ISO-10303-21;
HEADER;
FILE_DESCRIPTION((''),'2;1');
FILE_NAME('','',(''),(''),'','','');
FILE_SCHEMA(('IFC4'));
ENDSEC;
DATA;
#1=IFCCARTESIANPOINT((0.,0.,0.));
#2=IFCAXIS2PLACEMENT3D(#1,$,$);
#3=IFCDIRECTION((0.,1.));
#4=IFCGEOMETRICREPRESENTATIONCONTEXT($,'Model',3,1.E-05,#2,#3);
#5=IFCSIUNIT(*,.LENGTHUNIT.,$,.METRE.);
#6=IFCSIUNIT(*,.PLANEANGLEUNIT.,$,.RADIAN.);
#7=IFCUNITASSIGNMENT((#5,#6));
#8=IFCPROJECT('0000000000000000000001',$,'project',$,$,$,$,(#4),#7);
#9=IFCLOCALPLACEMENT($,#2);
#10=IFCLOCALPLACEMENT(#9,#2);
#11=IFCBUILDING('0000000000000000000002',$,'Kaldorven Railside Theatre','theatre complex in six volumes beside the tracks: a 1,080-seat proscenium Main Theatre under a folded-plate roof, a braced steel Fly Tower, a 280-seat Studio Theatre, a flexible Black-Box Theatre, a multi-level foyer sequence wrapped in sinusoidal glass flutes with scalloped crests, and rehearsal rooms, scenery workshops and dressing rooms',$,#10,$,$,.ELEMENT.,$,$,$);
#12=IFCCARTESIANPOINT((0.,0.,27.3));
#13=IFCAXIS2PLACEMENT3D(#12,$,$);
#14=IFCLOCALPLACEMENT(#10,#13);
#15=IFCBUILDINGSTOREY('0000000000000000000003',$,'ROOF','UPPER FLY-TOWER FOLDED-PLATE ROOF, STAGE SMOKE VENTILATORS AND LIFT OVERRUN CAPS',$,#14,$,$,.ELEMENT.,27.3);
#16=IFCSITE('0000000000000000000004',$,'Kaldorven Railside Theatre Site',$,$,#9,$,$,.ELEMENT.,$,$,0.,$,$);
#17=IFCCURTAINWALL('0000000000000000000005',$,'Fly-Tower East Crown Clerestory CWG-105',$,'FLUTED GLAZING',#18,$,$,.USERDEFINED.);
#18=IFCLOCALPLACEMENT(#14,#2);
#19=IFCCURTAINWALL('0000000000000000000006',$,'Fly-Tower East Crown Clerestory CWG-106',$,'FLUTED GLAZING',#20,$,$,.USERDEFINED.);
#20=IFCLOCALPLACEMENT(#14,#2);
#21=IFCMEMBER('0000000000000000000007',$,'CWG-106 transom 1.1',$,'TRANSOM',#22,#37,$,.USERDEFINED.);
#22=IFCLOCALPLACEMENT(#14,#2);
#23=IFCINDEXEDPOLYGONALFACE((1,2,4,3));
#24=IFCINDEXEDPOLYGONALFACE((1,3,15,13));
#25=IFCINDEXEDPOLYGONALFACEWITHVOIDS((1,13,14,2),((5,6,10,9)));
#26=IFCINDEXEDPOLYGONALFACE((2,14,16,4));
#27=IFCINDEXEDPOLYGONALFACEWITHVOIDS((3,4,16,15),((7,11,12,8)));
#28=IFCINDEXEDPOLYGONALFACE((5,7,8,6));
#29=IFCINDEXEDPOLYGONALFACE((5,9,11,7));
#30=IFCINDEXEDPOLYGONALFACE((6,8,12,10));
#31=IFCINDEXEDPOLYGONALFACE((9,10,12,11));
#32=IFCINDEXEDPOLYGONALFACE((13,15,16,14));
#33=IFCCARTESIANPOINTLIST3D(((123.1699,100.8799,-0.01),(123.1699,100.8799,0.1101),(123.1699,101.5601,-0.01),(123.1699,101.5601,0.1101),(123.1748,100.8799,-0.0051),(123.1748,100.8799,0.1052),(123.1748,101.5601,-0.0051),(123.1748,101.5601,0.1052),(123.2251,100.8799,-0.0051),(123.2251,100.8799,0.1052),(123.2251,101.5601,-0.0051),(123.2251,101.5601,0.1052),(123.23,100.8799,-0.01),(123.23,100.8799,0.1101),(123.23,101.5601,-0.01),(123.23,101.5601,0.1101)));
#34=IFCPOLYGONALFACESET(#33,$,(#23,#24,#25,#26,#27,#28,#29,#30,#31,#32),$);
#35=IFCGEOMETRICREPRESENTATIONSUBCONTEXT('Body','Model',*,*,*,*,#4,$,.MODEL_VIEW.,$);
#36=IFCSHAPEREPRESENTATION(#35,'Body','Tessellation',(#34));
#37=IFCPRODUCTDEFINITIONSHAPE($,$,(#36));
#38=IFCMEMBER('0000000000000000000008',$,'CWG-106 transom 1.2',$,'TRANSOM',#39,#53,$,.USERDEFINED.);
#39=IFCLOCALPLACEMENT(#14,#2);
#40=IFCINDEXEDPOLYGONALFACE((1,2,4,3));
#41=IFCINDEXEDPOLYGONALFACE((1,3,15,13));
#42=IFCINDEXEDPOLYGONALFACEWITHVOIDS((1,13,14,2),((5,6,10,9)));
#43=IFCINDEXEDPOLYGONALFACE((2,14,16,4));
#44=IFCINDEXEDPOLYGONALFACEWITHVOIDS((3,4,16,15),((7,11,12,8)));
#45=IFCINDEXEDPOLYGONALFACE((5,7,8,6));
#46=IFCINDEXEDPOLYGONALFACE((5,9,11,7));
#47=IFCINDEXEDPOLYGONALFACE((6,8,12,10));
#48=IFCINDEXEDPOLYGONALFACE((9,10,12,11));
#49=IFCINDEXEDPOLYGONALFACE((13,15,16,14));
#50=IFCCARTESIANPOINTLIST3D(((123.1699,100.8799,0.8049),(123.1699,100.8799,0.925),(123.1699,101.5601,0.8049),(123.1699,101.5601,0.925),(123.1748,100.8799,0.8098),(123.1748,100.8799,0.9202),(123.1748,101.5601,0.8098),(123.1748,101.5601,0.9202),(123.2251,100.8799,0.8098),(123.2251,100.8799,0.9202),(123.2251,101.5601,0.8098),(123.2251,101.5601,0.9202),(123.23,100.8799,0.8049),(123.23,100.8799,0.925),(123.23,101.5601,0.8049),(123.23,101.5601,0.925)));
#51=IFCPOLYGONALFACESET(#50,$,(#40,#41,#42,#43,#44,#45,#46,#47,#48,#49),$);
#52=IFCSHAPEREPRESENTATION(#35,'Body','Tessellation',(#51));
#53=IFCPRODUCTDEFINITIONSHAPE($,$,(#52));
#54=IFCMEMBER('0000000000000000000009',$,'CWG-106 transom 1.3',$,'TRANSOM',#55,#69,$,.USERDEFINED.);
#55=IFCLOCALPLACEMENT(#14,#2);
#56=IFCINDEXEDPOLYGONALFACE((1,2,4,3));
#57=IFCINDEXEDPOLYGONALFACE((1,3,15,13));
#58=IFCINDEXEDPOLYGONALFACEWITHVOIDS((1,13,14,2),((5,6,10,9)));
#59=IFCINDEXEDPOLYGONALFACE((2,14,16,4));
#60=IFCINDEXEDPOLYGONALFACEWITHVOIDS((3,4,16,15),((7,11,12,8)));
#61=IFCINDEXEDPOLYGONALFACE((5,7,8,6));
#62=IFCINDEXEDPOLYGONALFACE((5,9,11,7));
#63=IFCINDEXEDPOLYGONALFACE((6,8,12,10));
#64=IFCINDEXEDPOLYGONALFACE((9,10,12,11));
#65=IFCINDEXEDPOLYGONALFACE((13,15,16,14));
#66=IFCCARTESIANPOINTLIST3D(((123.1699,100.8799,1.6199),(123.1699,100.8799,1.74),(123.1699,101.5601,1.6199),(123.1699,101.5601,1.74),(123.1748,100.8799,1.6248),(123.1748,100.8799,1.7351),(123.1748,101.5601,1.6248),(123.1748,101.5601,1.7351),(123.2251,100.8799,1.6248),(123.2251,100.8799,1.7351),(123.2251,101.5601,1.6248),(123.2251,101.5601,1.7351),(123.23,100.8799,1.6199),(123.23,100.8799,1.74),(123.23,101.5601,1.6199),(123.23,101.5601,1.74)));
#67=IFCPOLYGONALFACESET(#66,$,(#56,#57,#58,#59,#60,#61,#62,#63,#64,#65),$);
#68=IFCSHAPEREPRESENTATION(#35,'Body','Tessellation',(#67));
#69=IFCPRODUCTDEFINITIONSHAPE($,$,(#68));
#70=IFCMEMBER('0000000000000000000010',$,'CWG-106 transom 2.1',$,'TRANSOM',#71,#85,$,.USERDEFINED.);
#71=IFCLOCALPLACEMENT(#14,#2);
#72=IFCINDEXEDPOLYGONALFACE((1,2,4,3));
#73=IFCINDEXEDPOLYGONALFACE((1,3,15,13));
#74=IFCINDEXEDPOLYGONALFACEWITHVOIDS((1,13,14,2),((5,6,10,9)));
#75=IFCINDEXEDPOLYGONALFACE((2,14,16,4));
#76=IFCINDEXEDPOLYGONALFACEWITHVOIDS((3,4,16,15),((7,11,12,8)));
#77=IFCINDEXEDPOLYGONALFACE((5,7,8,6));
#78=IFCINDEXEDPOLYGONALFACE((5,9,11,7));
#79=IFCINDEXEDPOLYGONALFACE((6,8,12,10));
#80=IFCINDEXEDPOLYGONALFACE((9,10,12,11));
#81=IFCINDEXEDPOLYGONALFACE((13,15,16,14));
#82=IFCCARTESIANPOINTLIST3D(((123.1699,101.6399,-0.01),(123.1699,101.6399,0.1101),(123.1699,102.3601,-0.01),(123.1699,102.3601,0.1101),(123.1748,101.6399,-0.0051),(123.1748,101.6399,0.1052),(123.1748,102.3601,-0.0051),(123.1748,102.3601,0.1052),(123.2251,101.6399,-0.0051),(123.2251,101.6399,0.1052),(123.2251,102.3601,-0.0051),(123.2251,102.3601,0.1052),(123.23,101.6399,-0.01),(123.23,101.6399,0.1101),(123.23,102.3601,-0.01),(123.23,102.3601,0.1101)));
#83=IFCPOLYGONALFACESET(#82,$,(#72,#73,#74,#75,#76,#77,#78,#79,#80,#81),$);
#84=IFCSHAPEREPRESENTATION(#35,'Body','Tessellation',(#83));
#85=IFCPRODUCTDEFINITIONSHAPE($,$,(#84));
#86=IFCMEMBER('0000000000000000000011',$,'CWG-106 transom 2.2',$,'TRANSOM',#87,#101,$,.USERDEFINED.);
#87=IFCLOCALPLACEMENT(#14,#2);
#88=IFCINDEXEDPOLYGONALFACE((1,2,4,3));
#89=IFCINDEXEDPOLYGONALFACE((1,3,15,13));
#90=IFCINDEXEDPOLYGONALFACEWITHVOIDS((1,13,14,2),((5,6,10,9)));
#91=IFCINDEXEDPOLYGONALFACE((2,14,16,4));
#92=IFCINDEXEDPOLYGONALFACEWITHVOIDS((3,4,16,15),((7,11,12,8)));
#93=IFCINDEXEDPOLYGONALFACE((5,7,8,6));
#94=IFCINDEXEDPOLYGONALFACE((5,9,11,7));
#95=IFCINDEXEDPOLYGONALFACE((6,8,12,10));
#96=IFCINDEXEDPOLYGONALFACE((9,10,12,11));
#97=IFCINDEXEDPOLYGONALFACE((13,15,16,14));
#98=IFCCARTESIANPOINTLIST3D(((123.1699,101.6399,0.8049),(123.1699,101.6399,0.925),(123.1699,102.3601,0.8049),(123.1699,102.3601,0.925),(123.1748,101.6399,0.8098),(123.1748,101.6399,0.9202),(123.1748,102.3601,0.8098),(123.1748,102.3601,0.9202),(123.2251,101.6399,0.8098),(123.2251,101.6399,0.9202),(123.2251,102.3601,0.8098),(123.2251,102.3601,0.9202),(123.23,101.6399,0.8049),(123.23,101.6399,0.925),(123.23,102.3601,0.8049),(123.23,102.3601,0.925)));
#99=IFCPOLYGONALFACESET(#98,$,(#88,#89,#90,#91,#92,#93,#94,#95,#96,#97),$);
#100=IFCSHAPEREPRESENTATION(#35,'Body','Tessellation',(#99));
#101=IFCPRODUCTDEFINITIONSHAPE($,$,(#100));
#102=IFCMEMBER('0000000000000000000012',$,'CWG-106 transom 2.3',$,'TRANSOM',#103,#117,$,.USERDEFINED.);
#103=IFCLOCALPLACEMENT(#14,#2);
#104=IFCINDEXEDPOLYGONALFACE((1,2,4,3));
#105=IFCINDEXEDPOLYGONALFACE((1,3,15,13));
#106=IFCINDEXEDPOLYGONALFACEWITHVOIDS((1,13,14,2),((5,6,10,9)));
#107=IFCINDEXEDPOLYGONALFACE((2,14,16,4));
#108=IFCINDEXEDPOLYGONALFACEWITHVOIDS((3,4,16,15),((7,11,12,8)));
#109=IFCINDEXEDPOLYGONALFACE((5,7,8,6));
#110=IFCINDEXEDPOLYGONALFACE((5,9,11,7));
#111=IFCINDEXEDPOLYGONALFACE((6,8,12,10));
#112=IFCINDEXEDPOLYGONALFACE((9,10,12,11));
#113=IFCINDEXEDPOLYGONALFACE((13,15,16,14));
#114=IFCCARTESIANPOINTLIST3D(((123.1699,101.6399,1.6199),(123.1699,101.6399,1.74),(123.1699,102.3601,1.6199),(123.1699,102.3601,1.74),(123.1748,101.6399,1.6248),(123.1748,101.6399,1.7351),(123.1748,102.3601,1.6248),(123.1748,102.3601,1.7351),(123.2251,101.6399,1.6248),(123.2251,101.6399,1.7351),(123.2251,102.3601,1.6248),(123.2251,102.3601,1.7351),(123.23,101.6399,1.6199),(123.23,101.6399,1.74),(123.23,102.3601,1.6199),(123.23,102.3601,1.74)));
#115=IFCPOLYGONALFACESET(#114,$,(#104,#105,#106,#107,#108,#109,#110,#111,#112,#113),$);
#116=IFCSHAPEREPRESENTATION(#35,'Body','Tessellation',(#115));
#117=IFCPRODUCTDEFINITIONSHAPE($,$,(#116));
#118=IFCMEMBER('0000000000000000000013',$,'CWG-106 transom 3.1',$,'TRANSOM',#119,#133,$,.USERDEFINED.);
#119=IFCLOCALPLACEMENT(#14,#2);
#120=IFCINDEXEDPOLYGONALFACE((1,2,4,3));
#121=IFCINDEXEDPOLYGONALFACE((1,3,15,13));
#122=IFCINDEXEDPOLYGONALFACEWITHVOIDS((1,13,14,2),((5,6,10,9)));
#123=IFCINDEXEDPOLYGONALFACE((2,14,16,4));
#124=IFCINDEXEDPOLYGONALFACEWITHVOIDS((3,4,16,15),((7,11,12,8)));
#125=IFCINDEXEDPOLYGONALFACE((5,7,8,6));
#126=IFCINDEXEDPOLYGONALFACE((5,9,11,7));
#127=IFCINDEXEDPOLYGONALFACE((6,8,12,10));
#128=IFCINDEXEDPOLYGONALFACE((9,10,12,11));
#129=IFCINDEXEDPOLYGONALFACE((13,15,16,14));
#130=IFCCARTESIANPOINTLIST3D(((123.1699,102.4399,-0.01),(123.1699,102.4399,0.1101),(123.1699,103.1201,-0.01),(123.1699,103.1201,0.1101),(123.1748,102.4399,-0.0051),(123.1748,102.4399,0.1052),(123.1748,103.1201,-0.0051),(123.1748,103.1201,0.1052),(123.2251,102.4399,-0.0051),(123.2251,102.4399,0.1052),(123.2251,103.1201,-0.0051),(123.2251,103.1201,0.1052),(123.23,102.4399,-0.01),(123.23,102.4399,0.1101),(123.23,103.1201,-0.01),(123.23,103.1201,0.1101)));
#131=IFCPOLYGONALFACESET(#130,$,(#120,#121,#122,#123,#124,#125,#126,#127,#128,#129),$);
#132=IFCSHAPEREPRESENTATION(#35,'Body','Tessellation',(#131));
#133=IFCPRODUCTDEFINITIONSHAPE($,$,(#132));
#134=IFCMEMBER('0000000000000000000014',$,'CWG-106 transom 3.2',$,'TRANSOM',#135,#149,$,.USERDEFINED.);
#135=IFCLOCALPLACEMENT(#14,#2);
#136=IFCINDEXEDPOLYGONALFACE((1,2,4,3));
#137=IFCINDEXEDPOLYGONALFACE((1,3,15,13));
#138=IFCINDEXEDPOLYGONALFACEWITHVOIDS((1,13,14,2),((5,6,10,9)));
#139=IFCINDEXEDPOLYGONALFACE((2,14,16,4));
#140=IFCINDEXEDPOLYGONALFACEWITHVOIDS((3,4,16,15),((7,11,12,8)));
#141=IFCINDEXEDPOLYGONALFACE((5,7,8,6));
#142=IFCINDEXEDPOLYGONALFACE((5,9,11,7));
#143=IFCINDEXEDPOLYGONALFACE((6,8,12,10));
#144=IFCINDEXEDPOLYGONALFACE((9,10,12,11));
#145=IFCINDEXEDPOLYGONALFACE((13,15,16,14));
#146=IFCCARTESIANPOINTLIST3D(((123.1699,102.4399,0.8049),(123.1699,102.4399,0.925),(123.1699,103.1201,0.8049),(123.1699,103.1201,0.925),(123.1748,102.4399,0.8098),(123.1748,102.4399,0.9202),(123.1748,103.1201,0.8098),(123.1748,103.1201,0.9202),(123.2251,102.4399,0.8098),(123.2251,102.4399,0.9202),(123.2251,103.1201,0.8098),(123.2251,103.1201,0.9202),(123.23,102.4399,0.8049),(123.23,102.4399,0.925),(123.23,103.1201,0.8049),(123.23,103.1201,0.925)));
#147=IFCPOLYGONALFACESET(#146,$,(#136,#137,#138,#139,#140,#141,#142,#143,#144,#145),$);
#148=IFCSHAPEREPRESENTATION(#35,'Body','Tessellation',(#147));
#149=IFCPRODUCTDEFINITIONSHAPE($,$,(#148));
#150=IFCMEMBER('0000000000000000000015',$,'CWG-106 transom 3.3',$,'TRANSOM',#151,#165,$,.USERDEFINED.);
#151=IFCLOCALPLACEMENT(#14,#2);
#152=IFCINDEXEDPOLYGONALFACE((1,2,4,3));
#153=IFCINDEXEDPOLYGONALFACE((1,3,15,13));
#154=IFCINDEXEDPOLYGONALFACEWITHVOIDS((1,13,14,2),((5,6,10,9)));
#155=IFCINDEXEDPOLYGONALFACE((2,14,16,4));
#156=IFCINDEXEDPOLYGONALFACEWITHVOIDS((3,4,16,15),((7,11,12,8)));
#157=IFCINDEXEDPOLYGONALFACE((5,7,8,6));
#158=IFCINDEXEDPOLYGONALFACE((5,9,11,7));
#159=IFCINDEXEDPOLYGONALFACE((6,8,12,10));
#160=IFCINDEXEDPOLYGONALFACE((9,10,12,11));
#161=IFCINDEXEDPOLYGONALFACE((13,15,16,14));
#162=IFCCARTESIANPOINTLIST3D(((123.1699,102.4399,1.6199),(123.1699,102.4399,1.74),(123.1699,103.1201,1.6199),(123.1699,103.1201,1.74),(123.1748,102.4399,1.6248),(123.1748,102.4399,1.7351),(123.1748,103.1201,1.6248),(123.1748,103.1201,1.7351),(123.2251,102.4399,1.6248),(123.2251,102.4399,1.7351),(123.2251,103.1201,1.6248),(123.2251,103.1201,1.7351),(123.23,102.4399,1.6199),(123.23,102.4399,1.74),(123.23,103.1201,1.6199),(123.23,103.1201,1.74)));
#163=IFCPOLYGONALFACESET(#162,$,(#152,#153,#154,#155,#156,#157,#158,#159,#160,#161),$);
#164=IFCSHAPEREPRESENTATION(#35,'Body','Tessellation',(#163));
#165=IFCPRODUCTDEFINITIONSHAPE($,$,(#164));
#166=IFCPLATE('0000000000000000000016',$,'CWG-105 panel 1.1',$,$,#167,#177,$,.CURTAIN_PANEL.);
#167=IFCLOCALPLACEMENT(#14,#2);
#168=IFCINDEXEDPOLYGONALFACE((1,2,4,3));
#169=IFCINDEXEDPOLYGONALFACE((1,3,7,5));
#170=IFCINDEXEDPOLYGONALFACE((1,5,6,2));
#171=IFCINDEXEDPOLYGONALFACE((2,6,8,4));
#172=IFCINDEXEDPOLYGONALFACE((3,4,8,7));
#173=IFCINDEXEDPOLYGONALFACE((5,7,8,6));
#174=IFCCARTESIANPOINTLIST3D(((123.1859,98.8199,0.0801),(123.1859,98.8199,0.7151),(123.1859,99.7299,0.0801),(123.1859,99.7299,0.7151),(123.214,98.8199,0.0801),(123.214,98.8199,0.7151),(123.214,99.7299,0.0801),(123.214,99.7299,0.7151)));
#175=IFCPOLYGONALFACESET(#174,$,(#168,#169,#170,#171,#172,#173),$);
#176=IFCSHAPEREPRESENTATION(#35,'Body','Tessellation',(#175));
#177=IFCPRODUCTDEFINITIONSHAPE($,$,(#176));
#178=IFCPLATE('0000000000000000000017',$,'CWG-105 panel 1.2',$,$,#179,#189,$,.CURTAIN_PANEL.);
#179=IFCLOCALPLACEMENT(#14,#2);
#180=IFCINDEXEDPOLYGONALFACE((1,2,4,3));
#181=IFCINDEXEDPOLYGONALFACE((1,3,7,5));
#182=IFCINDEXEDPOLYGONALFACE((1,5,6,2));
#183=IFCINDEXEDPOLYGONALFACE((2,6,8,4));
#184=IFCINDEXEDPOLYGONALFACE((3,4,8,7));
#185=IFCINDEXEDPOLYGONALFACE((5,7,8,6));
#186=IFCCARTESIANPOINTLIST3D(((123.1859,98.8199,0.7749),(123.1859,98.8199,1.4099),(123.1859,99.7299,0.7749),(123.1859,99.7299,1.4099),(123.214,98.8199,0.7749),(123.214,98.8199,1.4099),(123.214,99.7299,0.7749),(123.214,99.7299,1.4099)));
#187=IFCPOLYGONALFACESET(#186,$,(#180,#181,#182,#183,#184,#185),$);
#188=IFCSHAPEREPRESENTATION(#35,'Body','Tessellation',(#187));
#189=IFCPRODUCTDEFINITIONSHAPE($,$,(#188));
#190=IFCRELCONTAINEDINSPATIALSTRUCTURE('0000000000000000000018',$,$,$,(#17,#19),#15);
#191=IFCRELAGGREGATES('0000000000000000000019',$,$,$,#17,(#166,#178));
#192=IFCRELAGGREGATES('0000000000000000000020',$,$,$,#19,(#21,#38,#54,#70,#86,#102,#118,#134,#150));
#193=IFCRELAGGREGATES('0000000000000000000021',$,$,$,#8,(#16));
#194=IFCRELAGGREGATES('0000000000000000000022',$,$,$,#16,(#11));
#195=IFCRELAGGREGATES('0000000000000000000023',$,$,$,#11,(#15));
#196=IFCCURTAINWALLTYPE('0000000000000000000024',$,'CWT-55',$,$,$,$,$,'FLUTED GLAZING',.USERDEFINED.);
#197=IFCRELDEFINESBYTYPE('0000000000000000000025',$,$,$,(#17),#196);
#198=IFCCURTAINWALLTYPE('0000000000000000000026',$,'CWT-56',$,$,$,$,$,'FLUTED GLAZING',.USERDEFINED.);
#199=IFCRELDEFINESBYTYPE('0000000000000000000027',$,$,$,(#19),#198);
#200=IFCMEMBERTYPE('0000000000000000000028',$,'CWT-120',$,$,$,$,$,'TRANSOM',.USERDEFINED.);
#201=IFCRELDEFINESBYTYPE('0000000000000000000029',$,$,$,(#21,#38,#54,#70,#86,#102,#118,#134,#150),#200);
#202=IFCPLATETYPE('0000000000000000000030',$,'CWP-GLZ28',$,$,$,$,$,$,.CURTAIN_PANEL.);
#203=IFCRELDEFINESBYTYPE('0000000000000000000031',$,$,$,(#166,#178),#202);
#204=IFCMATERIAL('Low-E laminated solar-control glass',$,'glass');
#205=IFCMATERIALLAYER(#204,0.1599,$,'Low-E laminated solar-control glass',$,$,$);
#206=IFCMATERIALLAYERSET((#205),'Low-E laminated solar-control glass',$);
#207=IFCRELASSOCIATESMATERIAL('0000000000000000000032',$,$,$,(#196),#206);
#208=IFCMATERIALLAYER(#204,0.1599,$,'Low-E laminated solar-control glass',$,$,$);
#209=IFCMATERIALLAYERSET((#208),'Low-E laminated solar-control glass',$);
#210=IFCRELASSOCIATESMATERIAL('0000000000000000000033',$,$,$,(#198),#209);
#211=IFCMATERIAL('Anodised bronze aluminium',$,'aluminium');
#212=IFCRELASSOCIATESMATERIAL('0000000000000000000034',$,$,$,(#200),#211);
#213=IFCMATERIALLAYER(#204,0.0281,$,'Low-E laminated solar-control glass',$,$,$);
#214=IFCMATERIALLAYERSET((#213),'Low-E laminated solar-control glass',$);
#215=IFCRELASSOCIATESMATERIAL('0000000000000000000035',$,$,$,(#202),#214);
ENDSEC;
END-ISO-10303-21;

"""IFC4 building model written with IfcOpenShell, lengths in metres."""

from ifc_helpers import new_model, si_unit, direction, frame, origin, origin_2d, place, context, subcontext, project, spatial, rectangle, hollow_rectangle, extrude, material, layer, layer_set, material_profile, profile_set, type_object, element, aggregate, save


model = new_model("IFC4")

# Units and contexts
model_context = context("Model", 3, precision=1e-05, world=origin(), true_north=direction((0.0, 1.0)))
body_context = subcontext(model_context, "Body", "Model", "MODEL_VIEW")
ifc_project = project(units=[si_unit("LENGTHUNIT", "METRE"), si_unit("PLANEANGLEUNIT", "RADIAN")], contexts=[model_context])

# Site, building, storey
site_placement = place(None, origin())
site = spatial("IfcSite", under=ifc_project, at=site_placement, Name="Kaldorven Railside Theatre Site", CompositionType="ELEMENT", RefElevation=0.0)
building_placement = place(site_placement, origin())
building = spatial("IfcBuilding", under=site, at=building_placement, Name="Kaldorven Railside Theatre", Description="theatre complex in six volumes beside the tracks: a 1,080-seat proscenium Main Theatre under a folded-plate roof, a braced steel Fly Tower, a 280-seat Studio Theatre, a flexible Black-Box Theatre, a multi-level foyer sequence wrapped in sinusoidal glass flutes with scalloped crests, and rehearsal rooms, scenery workshops and dressing rooms", CompositionType="ELEMENT")
storey_placement = place(building_placement, frame((0.0, 0.0, 27.3)))
storey = spatial("IfcBuildingStorey", under=building, at=storey_placement, Name="ROOF", Description="UPPER FLY-TOWER FOLDED-PLATE ROOF, STAGE SMOKE VENTILATORS AND LIFT OVERRUN CAPS", CompositionType="ELEMENT", Elevation=27.3)

# Curtain walls
ifc_material_1 = material(Name="Low-E laminated solar-control glass", Category="glass")
ifc_layer_1 = layer(ifc_material_1, 0.1599, Name="Low-E laminated solar-control glass")
ifc_layer_set_1 = layer_set([ifc_layer_1], Name="Low-E laminated solar-control glass")
curtain_wall_type_1 = type_object("IfcCurtainWallType", Name="CWT-55", ElementType="FLUTED GLAZING", PredefinedType="USERDEFINED", material=ifc_layer_set_1)
curtain_wall_1_placement = place(storey_placement, origin())
curtain_wall_1 = element("IfcCurtainWall", 1, at=curtain_wall_1_placement, inside=storey, type_object=curtain_wall_type_1, Name="Fly-Tower East Crown Clerestory CWG-105", ObjectType="FLUTED GLAZING", PredefinedType="USERDEFINED")
ifc_material_2 = material(Name="Anodised bronze aluminium", Category="aluminium")
ifc_layer_2 = layer(ifc_material_1, 0.1599, Name="Low-E laminated solar-control glass")
ifc_layer_set_2 = layer_set([ifc_layer_2], Name="Low-E laminated solar-control glass")
curtain_wall_type_2 = type_object("IfcCurtainWallType", Name="CWT-56", ElementType="FLUTED GLAZING", PredefinedType="USERDEFINED", material=ifc_layer_set_2)
curtain_wall_2_placement = place(storey_placement, origin())
curtain_wall_2 = element("IfcCurtainWall", 2, at=curtain_wall_2_placement, inside=storey, type_object=curtain_wall_type_2, Name="Fly-Tower East Crown Clerestory CWG-106", ObjectType="FLUTED GLAZING", PredefinedType="USERDEFINED")

# Members
ifc_material_profile_1 = material_profile(ifc_material_2, hollow_rectangle(XDim=0.0601, YDim=0.1201, WallThickness=0.0049, at=origin_2d()), Name="RHS 120x60x5")
ifc_profile_set_1 = profile_set([ifc_material_profile_1], Name="Anodised bronze aluminium")
member_type_1 = type_object("IfcMemberType", Name="CWT-120", ElementType="TRANSOM", PredefinedType="USERDEFINED", material=ifc_profile_set_1)
member_1_placement = place(storey_placement, frame((123.2, 100.8799, 0.05), z_axis=(0.0, 1.0, 0.0), x_axis=(-1.0, 0.0, 0.0)))
member_1 = element("IfcMember", 3, at=member_1_placement, type_object=member_type_1, Name="CWG-106 transom 1.1", ObjectType="TRANSOM", PredefinedType="USERDEFINED", context=body_context, shape_type="SweptSolid", body=[
    extrude(hollow_rectangle(XDim=0.0601, YDim=0.1201, WallThickness=0.0049, at=origin_2d()), origin(), (0.0, 0.0, 1.0), 0.6802),
])
member_2_placement = place(storey_placement, frame((123.2, 100.8799, 0.865), z_axis=(0.0, 1.0, 0.0), x_axis=(-1.0, 0.0, 0.0)))
member_2 = element("IfcMember", 4, at=member_2_placement, type_object=member_type_1, Name="CWG-106 transom 1.2", ObjectType="TRANSOM", PredefinedType="USERDEFINED", context=body_context, shape_type="SweptSolid", body=[
    extrude(hollow_rectangle(XDim=0.0601, YDim=0.1201, WallThickness=0.0049, at=origin_2d()), origin(), (0.0, 0.0, 1.0), 0.6802),
])
member_3_placement = place(storey_placement, frame((123.2, 100.8799, 1.6799), z_axis=(0.0, 1.0, 0.0), x_axis=(-1.0, 0.0, 0.0)))
member_3 = element("IfcMember", 5, at=member_3_placement, type_object=member_type_1, Name="CWG-106 transom 1.3", ObjectType="TRANSOM", PredefinedType="USERDEFINED", context=body_context, shape_type="SweptSolid", body=[
    extrude(hollow_rectangle(XDim=0.0601, YDim=0.1201, WallThickness=0.0049, at=origin_2d()), origin(), (0.0, 0.0, 1.0), 0.6802),
])
member_4_placement = place(storey_placement, frame((123.2, 101.6399, 0.05), z_axis=(0.0, 1.0, 0.0), x_axis=(-1.0, 0.0, 0.0)))
member_4 = element("IfcMember", 6, at=member_4_placement, type_object=member_type_1, Name="CWG-106 transom 2.1", ObjectType="TRANSOM", PredefinedType="USERDEFINED", context=body_context, shape_type="SweptSolid", body=[
    extrude(hollow_rectangle(XDim=0.0601, YDim=0.1201, WallThickness=0.0049, at=origin_2d()), origin(), (0.0, 0.0, 1.0), 0.7202),
])
member_5_placement = place(storey_placement, frame((123.2, 101.6399, 0.865), z_axis=(0.0, 1.0, 0.0), x_axis=(-1.0, 0.0, 0.0)))
member_5 = element("IfcMember", 7, at=member_5_placement, type_object=member_type_1, Name="CWG-106 transom 2.2", ObjectType="TRANSOM", PredefinedType="USERDEFINED", context=body_context, shape_type="SweptSolid", body=[
    extrude(hollow_rectangle(XDim=0.0601, YDim=0.1201, WallThickness=0.0049, at=origin_2d()), origin(), (0.0, 0.0, 1.0), 0.7202),
])
member_6_placement = place(storey_placement, frame((123.2, 101.6399, 1.6799), z_axis=(0.0, 1.0, 0.0), x_axis=(-1.0, 0.0, 0.0)))
member_6 = element("IfcMember", 8, at=member_6_placement, type_object=member_type_1, Name="CWG-106 transom 2.3", ObjectType="TRANSOM", PredefinedType="USERDEFINED", context=body_context, shape_type="SweptSolid", body=[
    extrude(hollow_rectangle(XDim=0.0601, YDim=0.1201, WallThickness=0.0049, at=origin_2d()), origin(), (0.0, 0.0, 1.0), 0.7202),
])
member_7_placement = place(storey_placement, frame((123.2, 102.4399, 0.05), z_axis=(0.0, 1.0, 0.0), x_axis=(-1.0, 0.0, 0.0)))
member_7 = element("IfcMember", 9, at=member_7_placement, type_object=member_type_1, Name="CWG-106 transom 3.1", ObjectType="TRANSOM", PredefinedType="USERDEFINED", context=body_context, shape_type="SweptSolid", body=[
    extrude(hollow_rectangle(XDim=0.0601, YDim=0.1201, WallThickness=0.0049, at=origin_2d()), origin(), (0.0, 0.0, 1.0), 0.6802),
])
member_8_placement = place(storey_placement, frame((123.2, 102.4399, 0.865), z_axis=(0.0, 1.0, 0.0), x_axis=(-1.0, 0.0, 0.0)))
member_8 = element("IfcMember", 10, at=member_8_placement, type_object=member_type_1, Name="CWG-106 transom 3.2", ObjectType="TRANSOM", PredefinedType="USERDEFINED", context=body_context, shape_type="SweptSolid", body=[
    extrude(hollow_rectangle(XDim=0.0601, YDim=0.1201, WallThickness=0.0049, at=origin_2d()), origin(), (0.0, 0.0, 1.0), 0.6802),
])
member_9_placement = place(storey_placement, frame((123.2, 102.4399, 1.6799), z_axis=(0.0, 1.0, 0.0), x_axis=(-1.0, 0.0, 0.0)))
member_9 = element("IfcMember", 11, at=member_9_placement, type_object=member_type_1, Name="CWG-106 transom 3.3", ObjectType="TRANSOM", PredefinedType="USERDEFINED", context=body_context, shape_type="SweptSolid", body=[
    extrude(hollow_rectangle(XDim=0.0601, YDim=0.1201, WallThickness=0.0049, at=origin_2d()), origin(), (0.0, 0.0, 1.0), 0.6802),
])

# Plates
ifc_layer_3 = layer(ifc_material_1, 0.0281, Name="Low-E laminated solar-control glass")
ifc_layer_set_3 = layer_set([ifc_layer_3], Name="Low-E laminated solar-control glass")
plate_type = type_object("IfcPlateType", Name="CWP-GLZ28", PredefinedType="CURTAIN_PANEL", material=ifc_layer_set_3)
plate_1_placement = place(storey_placement, frame((123.2, 99.2749, 0.0801), z_axis=(0.0, 0.0, 1.0), x_axis=(0.0, 1.0, 0.0)))
plate_1 = element("IfcPlate", 12, at=plate_1_placement, type_object=plate_type, Name="CWG-105 panel 1.1", PredefinedType="CURTAIN_PANEL", context=body_context, shape_type="SweptSolid", body=[
    extrude(rectangle(XDim=0.9099, YDim=0.0281, at=origin_2d()), origin(), (0.0, 0.0, 1.0), 0.635),
])
plate_2_placement = place(storey_placement, frame((123.2, 99.2749, 0.7749), z_axis=(0.0, 0.0, 1.0), x_axis=(0.0, 1.0, 0.0)))
plate_2 = element("IfcPlate", 13, at=plate_2_placement, type_object=plate_type, Name="CWG-105 panel 1.2", PredefinedType="CURTAIN_PANEL", context=body_context, shape_type="SweptSolid", body=[
    extrude(rectangle(XDim=0.9099, YDim=0.0281, at=origin_2d()), origin(), (0.0, 0.0, 1.0), 0.635),
])
aggregate(curtain_wall_1, [plate_1, plate_2])
aggregate(curtain_wall_2, [member_1, member_2, member_3, member_4, member_5, member_6, member_7, member_8, member_9])

save(model, "model.ifc")
